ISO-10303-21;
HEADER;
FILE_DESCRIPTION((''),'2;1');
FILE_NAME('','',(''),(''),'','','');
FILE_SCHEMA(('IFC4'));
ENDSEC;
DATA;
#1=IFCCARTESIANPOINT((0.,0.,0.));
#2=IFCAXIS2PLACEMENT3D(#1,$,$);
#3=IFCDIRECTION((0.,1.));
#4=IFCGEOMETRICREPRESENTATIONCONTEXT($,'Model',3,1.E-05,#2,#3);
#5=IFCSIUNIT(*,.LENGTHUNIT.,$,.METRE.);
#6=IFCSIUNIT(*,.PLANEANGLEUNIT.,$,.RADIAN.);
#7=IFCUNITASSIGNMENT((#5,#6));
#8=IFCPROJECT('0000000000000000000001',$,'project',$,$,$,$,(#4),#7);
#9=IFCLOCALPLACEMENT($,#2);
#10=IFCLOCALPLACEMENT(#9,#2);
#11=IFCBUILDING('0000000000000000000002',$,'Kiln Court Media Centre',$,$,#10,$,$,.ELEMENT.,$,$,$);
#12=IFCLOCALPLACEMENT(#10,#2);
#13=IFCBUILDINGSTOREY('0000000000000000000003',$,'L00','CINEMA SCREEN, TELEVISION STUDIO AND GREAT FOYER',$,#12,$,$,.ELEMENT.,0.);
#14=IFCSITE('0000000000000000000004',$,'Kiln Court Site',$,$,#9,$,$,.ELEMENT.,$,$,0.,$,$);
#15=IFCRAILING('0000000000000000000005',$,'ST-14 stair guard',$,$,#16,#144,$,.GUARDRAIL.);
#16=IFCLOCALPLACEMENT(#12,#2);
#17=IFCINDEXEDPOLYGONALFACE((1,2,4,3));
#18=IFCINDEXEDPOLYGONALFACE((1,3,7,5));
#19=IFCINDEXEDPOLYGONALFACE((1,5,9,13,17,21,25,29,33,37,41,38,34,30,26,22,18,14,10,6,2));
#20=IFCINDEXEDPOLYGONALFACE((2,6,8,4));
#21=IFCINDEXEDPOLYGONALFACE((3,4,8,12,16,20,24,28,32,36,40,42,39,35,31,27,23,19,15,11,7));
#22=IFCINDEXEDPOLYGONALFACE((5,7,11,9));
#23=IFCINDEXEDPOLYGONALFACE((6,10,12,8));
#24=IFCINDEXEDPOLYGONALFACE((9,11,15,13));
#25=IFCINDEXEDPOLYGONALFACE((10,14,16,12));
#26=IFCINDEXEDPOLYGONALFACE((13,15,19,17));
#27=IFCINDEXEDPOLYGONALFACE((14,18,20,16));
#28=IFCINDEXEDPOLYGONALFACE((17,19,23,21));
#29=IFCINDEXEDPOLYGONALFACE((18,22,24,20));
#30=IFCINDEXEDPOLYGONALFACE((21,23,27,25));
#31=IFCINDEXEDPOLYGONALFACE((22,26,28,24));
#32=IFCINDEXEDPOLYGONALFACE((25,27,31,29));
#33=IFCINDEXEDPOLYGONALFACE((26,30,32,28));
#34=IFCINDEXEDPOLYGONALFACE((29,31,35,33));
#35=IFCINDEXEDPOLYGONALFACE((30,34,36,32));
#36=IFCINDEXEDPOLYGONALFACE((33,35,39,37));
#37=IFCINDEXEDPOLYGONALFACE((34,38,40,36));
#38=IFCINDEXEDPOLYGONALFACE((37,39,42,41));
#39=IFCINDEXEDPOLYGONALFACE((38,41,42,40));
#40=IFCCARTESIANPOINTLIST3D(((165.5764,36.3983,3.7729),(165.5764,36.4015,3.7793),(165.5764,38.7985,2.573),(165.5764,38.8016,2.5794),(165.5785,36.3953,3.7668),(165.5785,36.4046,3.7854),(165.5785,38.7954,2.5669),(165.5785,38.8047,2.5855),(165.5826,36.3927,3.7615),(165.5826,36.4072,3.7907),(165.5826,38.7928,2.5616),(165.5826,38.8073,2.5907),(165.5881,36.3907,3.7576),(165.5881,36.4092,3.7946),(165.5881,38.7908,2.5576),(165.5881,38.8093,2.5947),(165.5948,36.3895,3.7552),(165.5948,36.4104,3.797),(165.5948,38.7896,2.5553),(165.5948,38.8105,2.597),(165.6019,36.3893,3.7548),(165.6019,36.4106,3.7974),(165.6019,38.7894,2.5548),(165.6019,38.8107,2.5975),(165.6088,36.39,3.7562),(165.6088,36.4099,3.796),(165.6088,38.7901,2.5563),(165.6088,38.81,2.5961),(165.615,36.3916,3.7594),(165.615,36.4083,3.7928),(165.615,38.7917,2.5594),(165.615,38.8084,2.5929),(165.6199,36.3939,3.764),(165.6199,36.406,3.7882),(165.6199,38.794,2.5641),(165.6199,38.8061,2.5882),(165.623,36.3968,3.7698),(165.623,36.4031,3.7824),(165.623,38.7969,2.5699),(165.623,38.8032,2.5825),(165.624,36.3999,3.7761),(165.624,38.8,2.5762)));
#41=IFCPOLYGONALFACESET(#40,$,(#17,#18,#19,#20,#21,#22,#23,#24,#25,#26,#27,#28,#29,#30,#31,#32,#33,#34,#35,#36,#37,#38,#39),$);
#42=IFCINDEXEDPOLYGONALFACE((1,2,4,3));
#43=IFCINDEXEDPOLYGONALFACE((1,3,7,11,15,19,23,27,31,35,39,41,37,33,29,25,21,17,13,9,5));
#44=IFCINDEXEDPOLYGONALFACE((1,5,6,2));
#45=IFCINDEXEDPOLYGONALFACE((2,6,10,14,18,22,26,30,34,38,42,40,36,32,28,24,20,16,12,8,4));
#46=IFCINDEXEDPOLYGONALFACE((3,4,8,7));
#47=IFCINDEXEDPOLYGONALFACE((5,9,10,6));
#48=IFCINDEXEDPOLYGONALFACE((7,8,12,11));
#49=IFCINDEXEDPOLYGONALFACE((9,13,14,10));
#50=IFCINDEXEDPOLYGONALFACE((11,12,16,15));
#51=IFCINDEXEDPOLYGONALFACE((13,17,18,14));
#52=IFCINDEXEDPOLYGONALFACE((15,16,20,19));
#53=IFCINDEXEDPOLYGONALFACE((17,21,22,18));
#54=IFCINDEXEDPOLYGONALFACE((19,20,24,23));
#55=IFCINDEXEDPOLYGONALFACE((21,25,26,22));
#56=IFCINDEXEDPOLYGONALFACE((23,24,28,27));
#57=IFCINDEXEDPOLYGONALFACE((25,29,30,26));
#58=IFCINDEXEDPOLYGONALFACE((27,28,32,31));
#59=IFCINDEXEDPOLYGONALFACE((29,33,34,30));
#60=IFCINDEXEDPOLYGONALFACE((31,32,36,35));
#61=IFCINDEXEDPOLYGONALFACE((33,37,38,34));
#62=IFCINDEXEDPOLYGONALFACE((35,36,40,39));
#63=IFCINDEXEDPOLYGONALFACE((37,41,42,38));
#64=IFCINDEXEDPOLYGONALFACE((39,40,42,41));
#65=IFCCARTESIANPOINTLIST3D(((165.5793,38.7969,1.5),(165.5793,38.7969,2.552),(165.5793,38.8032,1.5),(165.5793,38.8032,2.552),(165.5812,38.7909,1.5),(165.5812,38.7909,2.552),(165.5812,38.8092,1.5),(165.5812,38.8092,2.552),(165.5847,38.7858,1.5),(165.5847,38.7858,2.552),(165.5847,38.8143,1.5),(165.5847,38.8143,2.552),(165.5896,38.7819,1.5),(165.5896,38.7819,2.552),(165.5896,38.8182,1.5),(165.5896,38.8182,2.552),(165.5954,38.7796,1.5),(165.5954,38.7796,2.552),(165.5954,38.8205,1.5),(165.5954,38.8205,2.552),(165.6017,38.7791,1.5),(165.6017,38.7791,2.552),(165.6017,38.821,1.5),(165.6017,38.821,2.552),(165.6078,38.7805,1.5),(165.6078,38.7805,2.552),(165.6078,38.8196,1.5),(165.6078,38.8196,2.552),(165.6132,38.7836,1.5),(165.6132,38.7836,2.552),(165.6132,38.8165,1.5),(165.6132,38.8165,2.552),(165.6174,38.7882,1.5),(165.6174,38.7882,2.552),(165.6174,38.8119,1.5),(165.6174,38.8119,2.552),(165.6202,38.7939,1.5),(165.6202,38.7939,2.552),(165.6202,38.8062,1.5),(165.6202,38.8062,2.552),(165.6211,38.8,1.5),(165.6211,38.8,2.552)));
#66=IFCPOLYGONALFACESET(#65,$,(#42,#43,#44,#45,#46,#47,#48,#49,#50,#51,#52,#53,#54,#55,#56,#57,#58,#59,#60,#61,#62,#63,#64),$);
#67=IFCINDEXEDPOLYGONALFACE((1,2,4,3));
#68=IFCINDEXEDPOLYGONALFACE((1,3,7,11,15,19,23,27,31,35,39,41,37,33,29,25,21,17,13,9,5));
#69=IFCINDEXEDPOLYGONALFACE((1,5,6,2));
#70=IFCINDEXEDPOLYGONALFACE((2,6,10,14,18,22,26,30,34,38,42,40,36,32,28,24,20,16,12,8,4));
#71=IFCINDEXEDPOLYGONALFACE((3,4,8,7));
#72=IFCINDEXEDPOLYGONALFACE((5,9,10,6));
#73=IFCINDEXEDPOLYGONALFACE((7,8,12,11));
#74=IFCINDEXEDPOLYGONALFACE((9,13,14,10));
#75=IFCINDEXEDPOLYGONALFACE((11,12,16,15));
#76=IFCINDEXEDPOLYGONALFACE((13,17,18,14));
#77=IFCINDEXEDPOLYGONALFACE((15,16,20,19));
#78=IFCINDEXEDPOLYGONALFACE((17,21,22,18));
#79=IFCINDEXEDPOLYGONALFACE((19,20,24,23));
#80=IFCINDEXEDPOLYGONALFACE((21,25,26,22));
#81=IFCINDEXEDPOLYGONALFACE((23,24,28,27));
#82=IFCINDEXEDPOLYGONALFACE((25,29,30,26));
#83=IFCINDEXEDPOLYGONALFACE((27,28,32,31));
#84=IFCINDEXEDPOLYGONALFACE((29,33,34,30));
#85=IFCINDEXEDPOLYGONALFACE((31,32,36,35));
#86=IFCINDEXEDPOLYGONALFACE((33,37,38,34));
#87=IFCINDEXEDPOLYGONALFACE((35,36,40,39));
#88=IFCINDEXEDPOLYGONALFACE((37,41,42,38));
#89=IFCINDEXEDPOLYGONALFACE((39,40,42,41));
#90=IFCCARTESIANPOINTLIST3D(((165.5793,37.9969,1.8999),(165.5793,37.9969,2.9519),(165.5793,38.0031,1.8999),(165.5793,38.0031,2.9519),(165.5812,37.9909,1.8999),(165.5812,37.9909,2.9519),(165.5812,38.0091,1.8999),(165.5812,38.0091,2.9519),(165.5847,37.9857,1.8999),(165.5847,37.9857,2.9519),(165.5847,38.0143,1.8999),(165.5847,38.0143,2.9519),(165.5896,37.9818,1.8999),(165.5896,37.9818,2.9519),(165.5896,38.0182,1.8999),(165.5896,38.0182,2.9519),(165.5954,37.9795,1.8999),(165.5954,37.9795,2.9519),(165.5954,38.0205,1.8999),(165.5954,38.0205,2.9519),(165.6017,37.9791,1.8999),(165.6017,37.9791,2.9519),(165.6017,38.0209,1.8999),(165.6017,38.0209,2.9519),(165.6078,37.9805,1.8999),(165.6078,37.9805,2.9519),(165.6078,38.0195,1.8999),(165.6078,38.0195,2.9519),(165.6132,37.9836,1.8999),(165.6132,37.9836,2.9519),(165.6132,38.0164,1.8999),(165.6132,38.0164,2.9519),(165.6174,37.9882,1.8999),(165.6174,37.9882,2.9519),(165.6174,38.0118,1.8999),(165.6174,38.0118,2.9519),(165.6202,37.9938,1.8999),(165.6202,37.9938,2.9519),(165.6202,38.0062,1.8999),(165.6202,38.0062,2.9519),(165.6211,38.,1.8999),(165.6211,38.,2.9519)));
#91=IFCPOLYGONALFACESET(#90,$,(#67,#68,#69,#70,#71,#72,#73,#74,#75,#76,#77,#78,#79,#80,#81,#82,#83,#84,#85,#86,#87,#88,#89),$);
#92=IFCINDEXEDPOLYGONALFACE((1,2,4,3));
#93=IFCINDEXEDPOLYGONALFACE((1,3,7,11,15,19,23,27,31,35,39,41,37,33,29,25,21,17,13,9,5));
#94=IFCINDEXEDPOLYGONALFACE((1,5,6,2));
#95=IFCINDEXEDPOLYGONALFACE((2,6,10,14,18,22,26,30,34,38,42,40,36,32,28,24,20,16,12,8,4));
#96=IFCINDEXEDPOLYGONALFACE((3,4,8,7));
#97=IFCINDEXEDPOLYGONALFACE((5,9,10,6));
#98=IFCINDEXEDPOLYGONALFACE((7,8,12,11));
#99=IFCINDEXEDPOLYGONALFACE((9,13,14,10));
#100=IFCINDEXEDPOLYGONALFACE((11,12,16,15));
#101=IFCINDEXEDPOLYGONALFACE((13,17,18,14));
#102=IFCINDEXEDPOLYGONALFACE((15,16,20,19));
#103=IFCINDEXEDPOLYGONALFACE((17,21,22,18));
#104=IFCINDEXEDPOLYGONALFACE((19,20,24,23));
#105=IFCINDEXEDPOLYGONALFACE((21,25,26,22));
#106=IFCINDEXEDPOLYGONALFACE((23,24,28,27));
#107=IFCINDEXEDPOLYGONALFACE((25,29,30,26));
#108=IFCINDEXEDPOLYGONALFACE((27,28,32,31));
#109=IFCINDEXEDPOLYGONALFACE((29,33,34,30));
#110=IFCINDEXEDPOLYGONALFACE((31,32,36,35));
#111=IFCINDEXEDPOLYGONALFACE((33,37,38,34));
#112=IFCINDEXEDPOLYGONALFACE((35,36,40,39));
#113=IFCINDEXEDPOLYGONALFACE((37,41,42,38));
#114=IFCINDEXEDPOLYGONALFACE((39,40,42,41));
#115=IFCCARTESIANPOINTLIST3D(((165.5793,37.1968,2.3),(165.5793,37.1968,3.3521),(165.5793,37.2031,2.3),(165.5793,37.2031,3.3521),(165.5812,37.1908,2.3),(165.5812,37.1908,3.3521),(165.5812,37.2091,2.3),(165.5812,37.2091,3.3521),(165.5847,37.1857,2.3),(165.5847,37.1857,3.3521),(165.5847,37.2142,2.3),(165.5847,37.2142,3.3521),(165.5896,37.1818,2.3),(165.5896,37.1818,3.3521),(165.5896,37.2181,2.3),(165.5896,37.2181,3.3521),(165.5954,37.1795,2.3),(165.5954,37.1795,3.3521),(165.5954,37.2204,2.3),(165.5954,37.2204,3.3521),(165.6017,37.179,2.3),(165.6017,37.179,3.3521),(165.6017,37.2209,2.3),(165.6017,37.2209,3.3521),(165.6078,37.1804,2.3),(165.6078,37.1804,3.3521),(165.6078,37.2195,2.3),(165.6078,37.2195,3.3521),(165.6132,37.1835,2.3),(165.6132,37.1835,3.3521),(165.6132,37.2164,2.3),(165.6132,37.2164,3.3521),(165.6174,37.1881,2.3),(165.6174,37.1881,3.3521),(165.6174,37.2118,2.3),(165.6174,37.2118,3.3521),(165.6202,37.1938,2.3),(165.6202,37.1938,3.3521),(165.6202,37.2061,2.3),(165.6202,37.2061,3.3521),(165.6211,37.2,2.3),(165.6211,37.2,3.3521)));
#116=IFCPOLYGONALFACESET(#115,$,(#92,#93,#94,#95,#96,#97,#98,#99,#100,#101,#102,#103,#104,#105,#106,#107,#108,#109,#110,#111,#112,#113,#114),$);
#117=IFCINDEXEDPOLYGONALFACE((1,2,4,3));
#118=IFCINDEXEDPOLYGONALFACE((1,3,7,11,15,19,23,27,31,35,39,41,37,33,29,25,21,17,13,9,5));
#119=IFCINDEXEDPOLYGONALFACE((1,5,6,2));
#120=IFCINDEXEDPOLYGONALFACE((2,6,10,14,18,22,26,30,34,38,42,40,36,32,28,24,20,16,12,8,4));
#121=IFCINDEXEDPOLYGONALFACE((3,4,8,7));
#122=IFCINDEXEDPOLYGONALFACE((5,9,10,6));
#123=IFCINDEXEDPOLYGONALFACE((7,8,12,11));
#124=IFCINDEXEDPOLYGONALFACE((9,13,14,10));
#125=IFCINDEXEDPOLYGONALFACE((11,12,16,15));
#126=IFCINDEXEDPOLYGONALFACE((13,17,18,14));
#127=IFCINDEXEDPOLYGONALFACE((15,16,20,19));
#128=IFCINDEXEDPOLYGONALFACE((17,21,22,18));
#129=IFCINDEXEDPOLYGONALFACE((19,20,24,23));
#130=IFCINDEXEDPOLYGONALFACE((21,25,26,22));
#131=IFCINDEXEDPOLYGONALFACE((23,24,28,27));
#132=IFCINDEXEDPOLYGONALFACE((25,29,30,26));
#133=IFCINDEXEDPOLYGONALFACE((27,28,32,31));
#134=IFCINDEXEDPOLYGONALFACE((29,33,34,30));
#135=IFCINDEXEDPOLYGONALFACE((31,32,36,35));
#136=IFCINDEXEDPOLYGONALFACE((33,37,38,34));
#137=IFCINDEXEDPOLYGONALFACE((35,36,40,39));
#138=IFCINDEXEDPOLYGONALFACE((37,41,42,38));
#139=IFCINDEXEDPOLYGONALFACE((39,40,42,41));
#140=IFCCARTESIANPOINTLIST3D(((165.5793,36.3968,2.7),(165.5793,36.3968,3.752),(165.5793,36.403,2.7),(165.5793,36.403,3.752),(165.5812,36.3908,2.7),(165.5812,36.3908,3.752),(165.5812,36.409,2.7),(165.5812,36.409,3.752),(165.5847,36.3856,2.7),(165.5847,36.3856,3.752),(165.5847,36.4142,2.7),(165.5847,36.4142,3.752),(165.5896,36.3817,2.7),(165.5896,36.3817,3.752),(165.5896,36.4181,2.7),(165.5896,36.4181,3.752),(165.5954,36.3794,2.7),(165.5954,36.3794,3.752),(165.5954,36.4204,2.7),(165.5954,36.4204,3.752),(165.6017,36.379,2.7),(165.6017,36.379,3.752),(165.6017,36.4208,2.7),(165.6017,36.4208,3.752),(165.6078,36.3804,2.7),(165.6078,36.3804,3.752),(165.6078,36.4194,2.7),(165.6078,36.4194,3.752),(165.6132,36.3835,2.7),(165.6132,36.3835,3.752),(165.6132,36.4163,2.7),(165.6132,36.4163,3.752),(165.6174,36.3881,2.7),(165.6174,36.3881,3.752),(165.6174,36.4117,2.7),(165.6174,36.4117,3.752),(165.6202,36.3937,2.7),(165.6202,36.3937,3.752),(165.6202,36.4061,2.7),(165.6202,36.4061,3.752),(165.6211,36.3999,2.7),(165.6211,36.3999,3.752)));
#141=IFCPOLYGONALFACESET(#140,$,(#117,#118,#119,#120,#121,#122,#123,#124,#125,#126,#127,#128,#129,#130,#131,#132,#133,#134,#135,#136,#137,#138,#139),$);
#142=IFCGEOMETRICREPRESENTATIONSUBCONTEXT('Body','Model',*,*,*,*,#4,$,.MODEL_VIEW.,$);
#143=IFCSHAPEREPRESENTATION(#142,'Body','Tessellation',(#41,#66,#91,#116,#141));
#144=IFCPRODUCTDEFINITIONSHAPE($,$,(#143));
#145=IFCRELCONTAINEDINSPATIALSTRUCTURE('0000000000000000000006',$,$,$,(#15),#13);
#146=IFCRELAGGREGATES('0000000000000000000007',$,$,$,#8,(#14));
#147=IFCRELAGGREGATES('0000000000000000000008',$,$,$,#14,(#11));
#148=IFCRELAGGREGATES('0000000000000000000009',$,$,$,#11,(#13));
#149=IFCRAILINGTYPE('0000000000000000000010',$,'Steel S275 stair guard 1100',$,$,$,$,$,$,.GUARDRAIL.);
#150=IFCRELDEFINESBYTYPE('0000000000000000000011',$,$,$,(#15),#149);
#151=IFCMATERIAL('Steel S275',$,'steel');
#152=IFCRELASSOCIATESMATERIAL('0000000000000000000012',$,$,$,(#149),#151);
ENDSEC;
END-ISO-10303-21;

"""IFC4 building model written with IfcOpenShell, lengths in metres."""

from ifc_helpers import new_model, si_unit, direction, frame, origin, origin_2d, place, context, subcontext, project, spatial, circle, extrude, material, type_object, element, save


model = new_model("IFC4")

# Units and contexts
model_context = context("Model", 3, precision=1e-05, world=origin(), true_north=direction((0.0, 1.0)))
body_context = subcontext(model_context, "Body", "Model", "MODEL_VIEW")
ifc_project = project(units=[si_unit("LENGTHUNIT", "METRE"), si_unit("PLANEANGLEUNIT", "RADIAN")], contexts=[model_context])

# Site, building, storey
site_placement = place(None, origin())
site = spatial("IfcSite", under=ifc_project, at=site_placement, Name="Kiln Court Site", CompositionType="ELEMENT", RefElevation=0.0)
building_placement = place(site_placement, origin())
building = spatial("IfcBuilding", under=site, at=building_placement, Name="Kiln Court Media Centre", CompositionType="ELEMENT")
storey_placement = place(building_placement, origin())
storey = spatial("IfcBuildingStorey", under=building, at=storey_placement, Name="L00", Description="CINEMA SCREEN, TELEVISION STUDIO AND GREAT FOYER", CompositionType="ELEMENT", Elevation=0.0)

# Railing
ifc_material_1 = material(Name="Steel S275", Category="steel")
railing_type_1 = type_object("IfcRailingType", Name="Steel S275 stair guard 1100", PredefinedType="GUARDRAIL", material=ifc_material_1)
railing_1_placement = place(storey_placement, frame((165.6001, 38.8, 1.5)))
element("IfcRailing", 1, at=railing_1_placement, inside=storey, type_object=railing_type_1, Name="ST-14 stair guard", PredefinedType="GUARDRAIL", context=body_context, shape_type="SweptSolid", body=[
    extrude(circle(Radius=0.0239, at=origin_2d()), frame((0.0, 0.0, 1.0762), z_axis=(0.0, -0.894445, 0.447177), x_axis=(1.0, 0.0, 0.0)), (0.0, 0.0, 1.0), 2.6833),
    extrude(circle(Radius=0.021, at=origin_2d()), origin(), (0.0, 0.0, 1.0), 1.052),
    extrude(circle(Radius=0.021, at=origin_2d()), frame((0.0, -0.8, 0.3999)), (0.0, 0.0, 1.0), 1.052),
    extrude(circle(Radius=0.021, at=origin_2d()), frame((0.0, -1.6001, 0.8)), (0.0, 0.0, 1.0), 1.052),
    extrude(circle(Radius=0.021, at=origin_2d()), frame((0.0, -2.4001, 1.2)), (0.0, 0.0, 1.0), 1.052),
])

save(model, "model.ifc")
